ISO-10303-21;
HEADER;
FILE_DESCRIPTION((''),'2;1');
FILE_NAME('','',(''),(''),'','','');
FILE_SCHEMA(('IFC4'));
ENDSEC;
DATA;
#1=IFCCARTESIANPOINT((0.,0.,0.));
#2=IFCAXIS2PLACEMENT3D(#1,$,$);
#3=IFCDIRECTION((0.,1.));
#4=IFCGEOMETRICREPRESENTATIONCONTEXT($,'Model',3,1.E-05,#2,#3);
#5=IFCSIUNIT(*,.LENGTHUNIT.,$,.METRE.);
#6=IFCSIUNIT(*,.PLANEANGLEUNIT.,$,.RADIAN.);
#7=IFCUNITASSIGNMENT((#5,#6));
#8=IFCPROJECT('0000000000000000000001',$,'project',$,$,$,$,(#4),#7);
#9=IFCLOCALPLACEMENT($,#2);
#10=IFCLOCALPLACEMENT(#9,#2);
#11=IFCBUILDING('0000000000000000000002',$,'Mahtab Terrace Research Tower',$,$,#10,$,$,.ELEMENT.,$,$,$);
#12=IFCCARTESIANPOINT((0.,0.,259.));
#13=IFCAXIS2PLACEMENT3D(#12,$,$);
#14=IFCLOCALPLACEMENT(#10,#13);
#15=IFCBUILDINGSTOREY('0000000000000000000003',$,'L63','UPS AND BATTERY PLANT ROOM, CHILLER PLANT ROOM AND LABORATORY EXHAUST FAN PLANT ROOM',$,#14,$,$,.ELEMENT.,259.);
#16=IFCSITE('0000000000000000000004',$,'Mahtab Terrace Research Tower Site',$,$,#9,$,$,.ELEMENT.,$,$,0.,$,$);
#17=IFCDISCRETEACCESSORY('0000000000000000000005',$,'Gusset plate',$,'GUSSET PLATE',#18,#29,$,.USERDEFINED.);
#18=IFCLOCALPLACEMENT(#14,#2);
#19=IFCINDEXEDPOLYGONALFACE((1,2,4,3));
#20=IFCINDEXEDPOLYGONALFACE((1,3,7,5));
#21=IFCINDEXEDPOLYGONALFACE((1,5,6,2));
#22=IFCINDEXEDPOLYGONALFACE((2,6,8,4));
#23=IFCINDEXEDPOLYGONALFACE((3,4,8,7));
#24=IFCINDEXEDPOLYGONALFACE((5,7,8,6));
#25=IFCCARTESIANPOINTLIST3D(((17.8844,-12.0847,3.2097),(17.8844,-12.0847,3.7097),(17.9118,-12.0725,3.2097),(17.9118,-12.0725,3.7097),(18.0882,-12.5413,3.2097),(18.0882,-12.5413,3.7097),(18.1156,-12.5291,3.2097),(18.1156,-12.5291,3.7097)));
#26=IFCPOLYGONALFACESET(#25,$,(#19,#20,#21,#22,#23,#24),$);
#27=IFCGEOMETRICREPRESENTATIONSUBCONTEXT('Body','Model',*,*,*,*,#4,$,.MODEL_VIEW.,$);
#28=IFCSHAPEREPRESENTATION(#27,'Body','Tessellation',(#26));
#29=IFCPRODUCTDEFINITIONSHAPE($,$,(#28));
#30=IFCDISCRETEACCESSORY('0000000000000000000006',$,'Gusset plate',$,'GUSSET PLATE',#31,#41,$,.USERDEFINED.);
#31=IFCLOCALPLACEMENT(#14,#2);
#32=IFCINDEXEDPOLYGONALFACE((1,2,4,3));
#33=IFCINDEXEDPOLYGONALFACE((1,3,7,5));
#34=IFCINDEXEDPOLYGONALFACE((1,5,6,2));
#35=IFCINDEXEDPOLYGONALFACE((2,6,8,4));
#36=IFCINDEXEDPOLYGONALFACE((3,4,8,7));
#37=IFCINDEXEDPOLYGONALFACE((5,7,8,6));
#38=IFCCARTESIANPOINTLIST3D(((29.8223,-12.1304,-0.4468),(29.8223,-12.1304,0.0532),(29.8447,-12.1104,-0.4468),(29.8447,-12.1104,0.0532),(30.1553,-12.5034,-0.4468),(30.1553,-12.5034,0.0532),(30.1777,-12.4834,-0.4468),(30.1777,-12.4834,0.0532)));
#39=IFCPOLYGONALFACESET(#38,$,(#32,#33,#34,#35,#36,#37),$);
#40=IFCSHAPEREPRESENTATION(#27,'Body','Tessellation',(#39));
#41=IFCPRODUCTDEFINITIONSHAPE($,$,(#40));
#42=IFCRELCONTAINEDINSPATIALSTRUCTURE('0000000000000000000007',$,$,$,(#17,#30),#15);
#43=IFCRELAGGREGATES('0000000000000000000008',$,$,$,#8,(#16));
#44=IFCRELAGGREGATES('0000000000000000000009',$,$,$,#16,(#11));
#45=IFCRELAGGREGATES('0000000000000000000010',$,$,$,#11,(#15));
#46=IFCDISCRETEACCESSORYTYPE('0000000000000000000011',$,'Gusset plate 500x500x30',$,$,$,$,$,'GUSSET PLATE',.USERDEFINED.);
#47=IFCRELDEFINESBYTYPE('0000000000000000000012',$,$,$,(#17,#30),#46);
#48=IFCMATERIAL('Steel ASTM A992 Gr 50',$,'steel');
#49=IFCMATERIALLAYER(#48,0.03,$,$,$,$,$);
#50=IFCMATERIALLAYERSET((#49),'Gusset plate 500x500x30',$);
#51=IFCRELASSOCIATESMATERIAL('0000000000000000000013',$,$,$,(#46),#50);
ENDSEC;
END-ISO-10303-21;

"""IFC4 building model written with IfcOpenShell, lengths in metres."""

from ifc_helpers import new_model, si_unit, direction, frame, origin, origin_2d, place, context, subcontext, project, spatial, rectangle, extrude, material, layer, layer_set, type_object, element, save


model = new_model("IFC4")

# Units and contexts
model_context = context("Model", 3, precision=1e-05, world=origin(), true_north=direction((0.0, 1.0)))
body_context = subcontext(model_context, "Body", "Model", "MODEL_VIEW")
ifc_project = project(units=[si_unit("LENGTHUNIT", "METRE"), si_unit("PLANEANGLEUNIT", "RADIAN")], contexts=[model_context])

# Site, building, storey
site_placement = place(None, origin())
site = spatial("IfcSite", under=ifc_project, at=site_placement, Name="Mahtab Terrace Research Tower Site", CompositionType="ELEMENT", RefElevation=0.0)
building_placement = place(site_placement, origin())
building = spatial("IfcBuilding", under=site, at=building_placement, Name="Mahtab Terrace Research Tower", CompositionType="ELEMENT")
storey_placement = place(building_placement, frame((0.0, 0.0, 259.0)))
storey = spatial("IfcBuildingStorey", under=building, at=storey_placement, Name="L63", Description="UPS AND BATTERY PLANT ROOM, CHILLER PLANT ROOM AND LABORATORY EXHAUST FAN PLANT ROOM", CompositionType="ELEMENT", Elevation=259.0)

# Shared definitions
ifc_material_1 = material(Name="Steel ASTM A992 Gr 50", Category="steel")

# Discrete accessories
ifc_layer = layer(ifc_material_1, 0.03)
ifc_layer_set = layer_set([ifc_layer], Name="Gusset plate 500x500x30")
discrete_accessory_type_1 = type_object("IfcDiscreteAccessoryType", Name="Gusset plate 500x500x30", ElementType="GUSSET PLATE", PredefinedType="USERDEFINED", material=ifc_layer_set)
for number, where, z_axis, x_axis, name in (
    (1, (18.0, -12.3069, 3.2097), (0.0, 0.0, 1.0), (-0.407534, 0.91319, 0.0), "Gusset plate"),
    (2, (30.0, -12.3069, -0.4468), (0.0, 0.0, 1.0), (-0.665882, 0.746057, 0.0), "Gusset plate"),
):
    element("IfcDiscreteAccessory", number, at=place(storey_placement, frame(where, z_axis=z_axis, x_axis=x_axis)), inside=storey, type_object=discrete_accessory_type_1, Name=name, ObjectType="GUSSET PLATE", PredefinedType="USERDEFINED", context=body_context, shape_type="SweptSolid", body=[
        extrude(rectangle(XDim=0.5, YDim=0.03, at=origin_2d()), origin(), (0.0, 0.0, 1.0), 0.5),
    ])

save(model, "model.ifc")
